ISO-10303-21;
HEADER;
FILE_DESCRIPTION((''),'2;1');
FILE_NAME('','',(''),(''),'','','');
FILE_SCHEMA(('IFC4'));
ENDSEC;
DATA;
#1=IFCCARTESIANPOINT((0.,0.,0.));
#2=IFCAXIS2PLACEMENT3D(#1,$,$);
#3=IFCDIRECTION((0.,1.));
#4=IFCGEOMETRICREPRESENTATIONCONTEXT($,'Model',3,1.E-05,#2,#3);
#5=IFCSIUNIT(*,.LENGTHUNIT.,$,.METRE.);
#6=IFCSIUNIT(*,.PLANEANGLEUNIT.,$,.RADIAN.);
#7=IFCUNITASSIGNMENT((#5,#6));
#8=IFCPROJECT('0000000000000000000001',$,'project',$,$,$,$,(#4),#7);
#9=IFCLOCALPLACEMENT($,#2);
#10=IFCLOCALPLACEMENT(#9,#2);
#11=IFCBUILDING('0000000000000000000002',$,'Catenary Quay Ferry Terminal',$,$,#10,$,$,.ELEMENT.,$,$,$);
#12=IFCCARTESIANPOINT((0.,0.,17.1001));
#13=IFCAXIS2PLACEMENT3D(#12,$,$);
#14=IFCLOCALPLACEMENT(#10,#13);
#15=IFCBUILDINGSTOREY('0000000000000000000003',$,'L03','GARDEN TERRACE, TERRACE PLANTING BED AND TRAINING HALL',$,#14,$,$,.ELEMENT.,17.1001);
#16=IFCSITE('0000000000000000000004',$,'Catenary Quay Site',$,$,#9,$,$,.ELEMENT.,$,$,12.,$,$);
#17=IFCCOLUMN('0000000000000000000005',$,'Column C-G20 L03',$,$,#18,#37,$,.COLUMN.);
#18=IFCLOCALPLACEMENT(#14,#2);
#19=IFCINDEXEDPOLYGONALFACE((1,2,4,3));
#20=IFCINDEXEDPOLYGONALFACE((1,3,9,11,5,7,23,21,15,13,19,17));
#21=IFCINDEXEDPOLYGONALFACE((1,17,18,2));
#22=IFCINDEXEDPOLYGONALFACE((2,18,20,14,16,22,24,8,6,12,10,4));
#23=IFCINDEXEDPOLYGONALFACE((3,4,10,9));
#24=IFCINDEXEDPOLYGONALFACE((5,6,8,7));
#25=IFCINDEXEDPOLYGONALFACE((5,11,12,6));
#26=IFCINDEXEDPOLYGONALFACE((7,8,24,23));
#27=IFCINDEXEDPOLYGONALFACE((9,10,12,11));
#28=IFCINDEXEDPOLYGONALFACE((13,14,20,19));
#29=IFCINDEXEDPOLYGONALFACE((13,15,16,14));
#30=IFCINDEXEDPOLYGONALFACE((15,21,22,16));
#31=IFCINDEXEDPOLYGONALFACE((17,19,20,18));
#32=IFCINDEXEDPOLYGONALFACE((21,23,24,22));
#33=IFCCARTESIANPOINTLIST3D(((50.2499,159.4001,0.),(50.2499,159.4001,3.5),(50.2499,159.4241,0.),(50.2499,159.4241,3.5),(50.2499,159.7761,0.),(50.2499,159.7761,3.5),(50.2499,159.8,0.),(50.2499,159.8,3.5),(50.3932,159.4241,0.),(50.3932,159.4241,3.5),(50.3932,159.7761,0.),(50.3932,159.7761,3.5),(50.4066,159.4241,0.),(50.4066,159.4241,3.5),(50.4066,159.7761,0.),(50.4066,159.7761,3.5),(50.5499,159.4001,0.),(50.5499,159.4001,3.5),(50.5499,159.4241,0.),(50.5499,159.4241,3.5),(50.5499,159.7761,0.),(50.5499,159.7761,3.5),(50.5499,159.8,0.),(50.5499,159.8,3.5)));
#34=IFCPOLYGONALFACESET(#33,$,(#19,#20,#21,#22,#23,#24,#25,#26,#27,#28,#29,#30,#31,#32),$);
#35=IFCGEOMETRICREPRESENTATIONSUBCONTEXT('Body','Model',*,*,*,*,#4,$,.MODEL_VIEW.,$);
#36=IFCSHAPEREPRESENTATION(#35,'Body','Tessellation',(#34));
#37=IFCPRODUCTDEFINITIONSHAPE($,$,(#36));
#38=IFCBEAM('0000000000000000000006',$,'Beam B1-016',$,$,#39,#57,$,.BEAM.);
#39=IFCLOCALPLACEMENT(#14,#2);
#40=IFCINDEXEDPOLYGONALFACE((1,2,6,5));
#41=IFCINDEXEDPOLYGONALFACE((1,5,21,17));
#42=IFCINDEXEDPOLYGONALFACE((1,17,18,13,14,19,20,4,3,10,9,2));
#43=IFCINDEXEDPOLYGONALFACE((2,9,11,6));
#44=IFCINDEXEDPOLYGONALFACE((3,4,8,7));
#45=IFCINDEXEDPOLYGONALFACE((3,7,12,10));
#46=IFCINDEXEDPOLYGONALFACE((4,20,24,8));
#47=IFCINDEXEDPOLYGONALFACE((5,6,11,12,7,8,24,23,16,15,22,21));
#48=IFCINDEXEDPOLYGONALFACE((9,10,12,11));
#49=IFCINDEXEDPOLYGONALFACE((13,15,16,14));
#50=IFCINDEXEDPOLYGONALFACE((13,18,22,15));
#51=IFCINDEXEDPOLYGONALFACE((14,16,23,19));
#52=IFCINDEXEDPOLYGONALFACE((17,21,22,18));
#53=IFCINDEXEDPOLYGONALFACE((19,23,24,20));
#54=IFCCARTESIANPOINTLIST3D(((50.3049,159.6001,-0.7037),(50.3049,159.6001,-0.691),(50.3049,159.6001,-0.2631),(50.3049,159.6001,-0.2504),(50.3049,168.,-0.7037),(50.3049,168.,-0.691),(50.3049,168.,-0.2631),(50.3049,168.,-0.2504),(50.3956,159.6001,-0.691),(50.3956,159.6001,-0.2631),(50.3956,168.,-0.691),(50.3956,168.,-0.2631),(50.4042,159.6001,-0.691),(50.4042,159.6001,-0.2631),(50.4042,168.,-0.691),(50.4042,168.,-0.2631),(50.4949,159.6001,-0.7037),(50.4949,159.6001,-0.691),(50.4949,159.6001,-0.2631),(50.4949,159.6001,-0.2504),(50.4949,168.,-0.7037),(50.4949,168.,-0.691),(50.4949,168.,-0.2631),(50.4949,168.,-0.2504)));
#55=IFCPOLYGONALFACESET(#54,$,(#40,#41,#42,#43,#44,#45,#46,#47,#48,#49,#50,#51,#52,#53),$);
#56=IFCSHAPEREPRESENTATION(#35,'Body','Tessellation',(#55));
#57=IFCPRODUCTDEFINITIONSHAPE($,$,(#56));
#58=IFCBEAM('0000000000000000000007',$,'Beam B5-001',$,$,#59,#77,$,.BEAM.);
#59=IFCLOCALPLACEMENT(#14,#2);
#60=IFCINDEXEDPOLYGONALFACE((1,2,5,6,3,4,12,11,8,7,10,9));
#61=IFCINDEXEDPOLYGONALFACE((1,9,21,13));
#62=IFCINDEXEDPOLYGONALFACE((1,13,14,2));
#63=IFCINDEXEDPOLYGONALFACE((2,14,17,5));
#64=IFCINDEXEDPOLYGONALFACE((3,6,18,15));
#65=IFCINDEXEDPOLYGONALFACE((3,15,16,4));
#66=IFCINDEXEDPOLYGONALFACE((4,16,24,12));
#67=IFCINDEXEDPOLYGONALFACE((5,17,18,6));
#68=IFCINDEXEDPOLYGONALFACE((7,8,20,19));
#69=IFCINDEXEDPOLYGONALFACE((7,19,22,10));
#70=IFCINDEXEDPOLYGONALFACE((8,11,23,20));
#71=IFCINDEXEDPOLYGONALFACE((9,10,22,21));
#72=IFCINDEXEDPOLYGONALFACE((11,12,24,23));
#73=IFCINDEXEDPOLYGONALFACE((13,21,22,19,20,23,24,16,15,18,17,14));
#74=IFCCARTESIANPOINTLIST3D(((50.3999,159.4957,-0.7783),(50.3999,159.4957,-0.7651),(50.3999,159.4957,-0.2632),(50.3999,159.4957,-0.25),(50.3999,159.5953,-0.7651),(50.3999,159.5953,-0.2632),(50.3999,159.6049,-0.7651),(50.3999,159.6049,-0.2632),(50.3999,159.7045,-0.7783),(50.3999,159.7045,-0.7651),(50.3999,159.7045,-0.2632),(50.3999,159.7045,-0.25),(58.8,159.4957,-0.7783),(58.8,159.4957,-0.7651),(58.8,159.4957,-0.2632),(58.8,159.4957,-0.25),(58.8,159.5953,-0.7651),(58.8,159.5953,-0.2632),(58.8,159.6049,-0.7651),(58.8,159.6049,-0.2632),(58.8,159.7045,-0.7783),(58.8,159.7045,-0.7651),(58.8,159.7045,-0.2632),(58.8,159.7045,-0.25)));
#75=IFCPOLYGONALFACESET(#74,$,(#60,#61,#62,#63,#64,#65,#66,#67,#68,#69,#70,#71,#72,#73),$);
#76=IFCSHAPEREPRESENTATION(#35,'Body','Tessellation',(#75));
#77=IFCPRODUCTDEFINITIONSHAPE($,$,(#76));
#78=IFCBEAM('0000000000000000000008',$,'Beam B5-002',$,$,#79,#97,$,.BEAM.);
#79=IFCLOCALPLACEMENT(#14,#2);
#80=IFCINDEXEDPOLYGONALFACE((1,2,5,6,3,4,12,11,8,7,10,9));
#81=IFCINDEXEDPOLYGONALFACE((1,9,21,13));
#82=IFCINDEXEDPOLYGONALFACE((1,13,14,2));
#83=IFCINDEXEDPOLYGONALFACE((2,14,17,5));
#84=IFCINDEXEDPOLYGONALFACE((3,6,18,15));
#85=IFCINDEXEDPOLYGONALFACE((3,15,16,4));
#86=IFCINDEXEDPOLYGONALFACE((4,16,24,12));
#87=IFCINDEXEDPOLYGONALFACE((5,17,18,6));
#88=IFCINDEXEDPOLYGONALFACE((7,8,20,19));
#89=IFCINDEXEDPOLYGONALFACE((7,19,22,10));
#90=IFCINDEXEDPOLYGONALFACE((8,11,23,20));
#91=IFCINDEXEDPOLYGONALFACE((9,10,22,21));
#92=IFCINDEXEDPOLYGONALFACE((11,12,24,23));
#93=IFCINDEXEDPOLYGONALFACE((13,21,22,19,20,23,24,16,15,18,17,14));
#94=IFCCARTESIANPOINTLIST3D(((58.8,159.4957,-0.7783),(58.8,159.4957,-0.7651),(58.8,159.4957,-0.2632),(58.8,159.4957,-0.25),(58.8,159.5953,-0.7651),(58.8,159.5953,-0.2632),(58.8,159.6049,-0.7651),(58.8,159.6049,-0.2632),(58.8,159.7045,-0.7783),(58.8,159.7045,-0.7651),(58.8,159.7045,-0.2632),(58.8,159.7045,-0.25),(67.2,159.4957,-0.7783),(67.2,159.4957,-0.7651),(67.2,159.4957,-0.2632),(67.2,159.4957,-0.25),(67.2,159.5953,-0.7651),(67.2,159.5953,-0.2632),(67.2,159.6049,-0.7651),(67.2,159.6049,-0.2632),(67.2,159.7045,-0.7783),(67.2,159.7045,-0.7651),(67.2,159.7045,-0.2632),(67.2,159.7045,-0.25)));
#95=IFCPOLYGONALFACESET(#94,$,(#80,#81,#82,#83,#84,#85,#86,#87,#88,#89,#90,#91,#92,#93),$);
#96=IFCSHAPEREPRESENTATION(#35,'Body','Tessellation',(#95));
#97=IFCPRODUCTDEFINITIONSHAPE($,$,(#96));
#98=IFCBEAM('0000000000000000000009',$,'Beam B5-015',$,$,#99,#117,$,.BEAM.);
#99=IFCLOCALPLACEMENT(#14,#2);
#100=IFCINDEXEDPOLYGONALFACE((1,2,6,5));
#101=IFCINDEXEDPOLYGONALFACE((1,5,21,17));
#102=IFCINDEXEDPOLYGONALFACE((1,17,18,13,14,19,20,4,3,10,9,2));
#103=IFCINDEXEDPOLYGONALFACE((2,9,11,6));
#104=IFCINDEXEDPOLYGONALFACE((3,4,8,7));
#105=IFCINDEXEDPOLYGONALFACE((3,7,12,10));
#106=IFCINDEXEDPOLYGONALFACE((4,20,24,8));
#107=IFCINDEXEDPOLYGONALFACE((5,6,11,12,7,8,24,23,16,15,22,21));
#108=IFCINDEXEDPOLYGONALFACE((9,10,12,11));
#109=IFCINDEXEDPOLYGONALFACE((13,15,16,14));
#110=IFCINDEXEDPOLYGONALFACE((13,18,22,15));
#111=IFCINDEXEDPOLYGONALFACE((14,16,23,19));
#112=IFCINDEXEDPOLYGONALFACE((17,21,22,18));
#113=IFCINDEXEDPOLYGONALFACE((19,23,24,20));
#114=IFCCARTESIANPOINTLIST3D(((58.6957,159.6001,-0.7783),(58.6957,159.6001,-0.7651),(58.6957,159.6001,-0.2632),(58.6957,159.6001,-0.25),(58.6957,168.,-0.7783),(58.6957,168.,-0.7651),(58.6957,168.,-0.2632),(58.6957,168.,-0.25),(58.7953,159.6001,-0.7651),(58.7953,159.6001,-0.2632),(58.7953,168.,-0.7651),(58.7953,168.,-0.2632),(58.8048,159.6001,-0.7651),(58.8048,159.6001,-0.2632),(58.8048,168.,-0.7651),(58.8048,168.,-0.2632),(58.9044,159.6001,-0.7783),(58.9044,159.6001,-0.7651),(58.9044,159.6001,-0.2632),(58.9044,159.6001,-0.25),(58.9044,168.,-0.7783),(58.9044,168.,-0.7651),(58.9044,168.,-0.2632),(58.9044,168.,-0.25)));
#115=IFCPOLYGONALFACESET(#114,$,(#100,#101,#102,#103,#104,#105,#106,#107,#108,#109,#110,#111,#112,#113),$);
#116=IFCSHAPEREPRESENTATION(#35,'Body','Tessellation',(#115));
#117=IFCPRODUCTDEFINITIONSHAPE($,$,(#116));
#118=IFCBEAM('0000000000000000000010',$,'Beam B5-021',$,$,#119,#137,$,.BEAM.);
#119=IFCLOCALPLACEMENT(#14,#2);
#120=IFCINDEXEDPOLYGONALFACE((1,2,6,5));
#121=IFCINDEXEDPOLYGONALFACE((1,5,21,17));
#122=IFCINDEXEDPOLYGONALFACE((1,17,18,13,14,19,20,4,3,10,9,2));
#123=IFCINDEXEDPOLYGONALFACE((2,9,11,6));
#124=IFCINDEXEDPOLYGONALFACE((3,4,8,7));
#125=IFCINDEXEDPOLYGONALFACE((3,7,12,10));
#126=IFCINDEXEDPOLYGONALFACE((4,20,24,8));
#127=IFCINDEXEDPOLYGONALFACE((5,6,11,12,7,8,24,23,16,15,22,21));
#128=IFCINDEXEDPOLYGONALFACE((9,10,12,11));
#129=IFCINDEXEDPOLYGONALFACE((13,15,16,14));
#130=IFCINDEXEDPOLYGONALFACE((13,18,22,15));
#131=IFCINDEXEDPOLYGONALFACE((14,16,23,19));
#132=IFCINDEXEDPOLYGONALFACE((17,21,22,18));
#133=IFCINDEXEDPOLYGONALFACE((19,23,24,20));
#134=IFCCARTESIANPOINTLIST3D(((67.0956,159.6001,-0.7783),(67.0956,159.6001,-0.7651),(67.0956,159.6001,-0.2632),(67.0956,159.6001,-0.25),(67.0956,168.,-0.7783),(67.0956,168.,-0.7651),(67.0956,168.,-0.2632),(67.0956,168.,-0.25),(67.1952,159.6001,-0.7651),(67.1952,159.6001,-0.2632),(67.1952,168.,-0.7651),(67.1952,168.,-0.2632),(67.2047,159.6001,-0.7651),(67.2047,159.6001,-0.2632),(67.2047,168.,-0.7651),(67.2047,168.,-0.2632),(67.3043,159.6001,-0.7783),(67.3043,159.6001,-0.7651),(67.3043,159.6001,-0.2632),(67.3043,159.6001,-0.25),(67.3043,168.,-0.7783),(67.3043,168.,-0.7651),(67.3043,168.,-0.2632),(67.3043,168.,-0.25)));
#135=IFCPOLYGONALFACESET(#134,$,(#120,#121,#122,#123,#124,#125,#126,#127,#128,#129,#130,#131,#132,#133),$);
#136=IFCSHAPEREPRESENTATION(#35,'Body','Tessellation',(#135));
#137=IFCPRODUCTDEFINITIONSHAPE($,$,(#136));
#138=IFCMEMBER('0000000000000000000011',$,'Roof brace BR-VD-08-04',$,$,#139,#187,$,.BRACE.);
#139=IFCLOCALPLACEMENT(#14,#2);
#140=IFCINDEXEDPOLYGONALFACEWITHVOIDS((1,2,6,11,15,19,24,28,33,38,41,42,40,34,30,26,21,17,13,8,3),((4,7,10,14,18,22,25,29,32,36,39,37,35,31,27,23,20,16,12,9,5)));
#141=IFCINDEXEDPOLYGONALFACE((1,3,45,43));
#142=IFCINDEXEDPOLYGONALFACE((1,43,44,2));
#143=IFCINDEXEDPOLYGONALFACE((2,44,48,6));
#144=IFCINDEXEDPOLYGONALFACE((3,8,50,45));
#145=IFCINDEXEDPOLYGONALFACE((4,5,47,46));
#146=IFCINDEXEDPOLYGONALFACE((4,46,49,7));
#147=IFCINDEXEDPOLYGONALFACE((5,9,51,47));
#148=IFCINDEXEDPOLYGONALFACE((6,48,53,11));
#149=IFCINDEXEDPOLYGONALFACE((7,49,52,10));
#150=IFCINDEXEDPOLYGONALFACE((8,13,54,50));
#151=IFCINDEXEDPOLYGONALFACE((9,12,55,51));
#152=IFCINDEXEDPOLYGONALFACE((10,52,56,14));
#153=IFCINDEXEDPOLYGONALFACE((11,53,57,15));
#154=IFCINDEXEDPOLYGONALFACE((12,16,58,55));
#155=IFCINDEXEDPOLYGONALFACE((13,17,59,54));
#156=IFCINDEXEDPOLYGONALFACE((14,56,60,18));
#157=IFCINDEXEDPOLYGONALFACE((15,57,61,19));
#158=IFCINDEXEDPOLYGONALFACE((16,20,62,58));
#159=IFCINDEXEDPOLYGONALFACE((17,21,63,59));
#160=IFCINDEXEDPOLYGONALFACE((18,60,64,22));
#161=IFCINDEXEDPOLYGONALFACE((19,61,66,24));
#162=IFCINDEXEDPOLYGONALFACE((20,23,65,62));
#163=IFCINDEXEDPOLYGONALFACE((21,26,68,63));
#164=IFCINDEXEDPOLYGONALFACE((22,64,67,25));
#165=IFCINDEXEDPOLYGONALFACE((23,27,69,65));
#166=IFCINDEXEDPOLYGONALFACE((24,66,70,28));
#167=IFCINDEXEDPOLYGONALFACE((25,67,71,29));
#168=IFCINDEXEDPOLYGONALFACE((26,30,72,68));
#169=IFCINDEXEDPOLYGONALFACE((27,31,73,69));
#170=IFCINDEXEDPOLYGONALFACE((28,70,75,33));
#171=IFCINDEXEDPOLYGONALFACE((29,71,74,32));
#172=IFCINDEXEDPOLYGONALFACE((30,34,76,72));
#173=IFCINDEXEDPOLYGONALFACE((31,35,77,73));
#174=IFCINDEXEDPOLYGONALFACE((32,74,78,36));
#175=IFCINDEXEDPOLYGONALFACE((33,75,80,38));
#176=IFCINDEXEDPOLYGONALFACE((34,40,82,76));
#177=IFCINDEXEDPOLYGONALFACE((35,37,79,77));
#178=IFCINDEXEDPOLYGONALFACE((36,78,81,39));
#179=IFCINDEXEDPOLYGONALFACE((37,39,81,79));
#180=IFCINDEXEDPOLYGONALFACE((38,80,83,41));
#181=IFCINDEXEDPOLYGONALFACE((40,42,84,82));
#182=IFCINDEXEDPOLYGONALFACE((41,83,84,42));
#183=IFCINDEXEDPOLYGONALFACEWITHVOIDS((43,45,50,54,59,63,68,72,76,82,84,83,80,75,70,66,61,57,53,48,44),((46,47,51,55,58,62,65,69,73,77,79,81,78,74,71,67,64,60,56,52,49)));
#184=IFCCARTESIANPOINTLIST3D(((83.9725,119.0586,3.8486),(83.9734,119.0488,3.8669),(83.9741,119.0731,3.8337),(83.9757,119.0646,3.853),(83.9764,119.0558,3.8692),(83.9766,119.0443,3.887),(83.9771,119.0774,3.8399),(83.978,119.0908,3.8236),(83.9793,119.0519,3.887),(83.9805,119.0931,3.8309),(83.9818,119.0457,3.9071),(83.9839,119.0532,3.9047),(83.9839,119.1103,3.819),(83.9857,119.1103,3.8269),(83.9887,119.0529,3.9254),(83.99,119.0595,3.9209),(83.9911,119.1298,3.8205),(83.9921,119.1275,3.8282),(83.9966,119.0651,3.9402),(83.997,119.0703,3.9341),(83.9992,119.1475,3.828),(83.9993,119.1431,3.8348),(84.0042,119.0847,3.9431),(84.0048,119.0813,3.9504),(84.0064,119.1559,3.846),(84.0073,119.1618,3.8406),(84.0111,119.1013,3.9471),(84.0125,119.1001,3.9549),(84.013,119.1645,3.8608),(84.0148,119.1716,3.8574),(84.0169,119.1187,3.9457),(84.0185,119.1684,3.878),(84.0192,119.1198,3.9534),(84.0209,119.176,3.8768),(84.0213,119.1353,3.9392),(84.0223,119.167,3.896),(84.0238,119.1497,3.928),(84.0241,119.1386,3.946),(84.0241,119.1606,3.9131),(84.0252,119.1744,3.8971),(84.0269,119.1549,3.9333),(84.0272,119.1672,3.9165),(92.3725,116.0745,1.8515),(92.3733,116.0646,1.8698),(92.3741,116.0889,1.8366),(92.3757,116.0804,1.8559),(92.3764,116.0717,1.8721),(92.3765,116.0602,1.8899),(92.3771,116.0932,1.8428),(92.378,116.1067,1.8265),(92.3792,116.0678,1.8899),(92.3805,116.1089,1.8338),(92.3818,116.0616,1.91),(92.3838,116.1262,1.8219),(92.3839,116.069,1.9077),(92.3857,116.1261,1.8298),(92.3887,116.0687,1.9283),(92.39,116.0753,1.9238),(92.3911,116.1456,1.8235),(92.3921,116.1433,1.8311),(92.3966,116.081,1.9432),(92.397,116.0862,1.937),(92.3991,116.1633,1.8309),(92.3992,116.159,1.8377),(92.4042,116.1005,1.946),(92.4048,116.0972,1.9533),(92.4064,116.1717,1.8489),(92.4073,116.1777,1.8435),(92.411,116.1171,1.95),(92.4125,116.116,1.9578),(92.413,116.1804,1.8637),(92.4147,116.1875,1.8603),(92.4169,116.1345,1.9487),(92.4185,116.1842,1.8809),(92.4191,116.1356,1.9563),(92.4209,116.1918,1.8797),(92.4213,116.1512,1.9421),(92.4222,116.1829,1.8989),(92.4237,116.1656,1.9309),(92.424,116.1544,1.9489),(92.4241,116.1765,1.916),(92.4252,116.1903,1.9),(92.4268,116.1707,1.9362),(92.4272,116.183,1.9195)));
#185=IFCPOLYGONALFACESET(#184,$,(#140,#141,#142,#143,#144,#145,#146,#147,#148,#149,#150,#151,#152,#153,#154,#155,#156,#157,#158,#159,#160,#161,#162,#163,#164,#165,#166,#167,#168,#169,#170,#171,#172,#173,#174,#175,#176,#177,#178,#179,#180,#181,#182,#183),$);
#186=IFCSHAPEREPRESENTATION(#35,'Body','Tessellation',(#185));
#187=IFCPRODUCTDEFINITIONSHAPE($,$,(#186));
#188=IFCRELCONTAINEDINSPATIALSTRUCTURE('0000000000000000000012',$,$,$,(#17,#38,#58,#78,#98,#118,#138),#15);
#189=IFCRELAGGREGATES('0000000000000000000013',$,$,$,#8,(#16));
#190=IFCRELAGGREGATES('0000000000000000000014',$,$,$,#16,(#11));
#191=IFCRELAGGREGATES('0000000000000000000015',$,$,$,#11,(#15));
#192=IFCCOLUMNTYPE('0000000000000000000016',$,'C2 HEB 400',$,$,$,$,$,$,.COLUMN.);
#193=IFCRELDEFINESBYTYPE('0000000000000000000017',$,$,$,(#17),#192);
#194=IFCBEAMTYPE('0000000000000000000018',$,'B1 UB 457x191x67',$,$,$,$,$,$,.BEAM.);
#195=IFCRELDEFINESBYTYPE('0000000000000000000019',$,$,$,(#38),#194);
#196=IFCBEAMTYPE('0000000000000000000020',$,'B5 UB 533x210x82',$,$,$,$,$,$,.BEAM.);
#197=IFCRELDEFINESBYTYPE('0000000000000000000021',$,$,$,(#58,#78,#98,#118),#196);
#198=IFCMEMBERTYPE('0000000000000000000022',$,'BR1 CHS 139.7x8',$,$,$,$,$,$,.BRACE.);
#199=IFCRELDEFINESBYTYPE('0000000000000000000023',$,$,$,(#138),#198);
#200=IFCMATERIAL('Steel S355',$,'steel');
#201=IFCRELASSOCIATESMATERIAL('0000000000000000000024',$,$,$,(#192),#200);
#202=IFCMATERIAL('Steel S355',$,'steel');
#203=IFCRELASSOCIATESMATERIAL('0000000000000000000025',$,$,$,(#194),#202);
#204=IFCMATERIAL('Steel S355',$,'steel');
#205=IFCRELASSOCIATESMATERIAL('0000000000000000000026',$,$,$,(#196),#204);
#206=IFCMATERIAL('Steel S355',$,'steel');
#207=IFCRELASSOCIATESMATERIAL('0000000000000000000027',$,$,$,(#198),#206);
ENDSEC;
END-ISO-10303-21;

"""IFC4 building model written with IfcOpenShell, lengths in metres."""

from ifc_helpers import new_model, si_unit, direction, frame, origin, origin_2d, place, context, subcontext, project, spatial, hollow_circle, i_section, extrude, material, material_profile, profile_set, type_object, element, save


model = new_model("IFC4")

# Units and contexts
model_context = context("Model", 3, precision=1e-05, world=origin(), true_north=direction((0.0, 1.0)))
body_context = subcontext(model_context, "Body", "Model", "MODEL_VIEW")
ifc_project = project(units=[si_unit("LENGTHUNIT", "METRE"), si_unit("PLANEANGLEUNIT", "RADIAN")], contexts=[model_context])

# Site, building, storey
site_placement = place(None, origin())
site = spatial("IfcSite", under=ifc_project, at=site_placement, Name="Catenary Quay Site", CompositionType="ELEMENT", RefElevation=12.0)
building_placement = place(site_placement, origin())
building = spatial("IfcBuilding", under=site, at=building_placement, Name="Catenary Quay Ferry Terminal", CompositionType="ELEMENT")
storey_placement = place(building_placement, frame((0.0, 0.0, 17.1001)))
storey = spatial("IfcBuildingStorey", under=building, at=storey_placement, Name="L03", Description="GARDEN TERRACE, TERRACE PLANTING BED AND TRAINING HALL", CompositionType="ELEMENT", Elevation=17.1001)

# Column
ifc_material_1 = material(Name="Steel S355", Category="steel")
ifc_material_profile_1 = material_profile(ifc_material_1, i_section(OverallWidth=0.3, OverallDepth=0.3999, WebThickness=0.0134, FlangeThickness=0.0239, at=origin_2d()), Name="HEB 400")
ifc_profile_set_1 = profile_set([ifc_material_profile_1], Name="Steel S355")
column_type = type_object("IfcColumnType", Name="C2 HEB 400", PredefinedType="COLUMN", material=ifc_profile_set_1)
column_placement = place(storey_placement, frame((50.3999, 159.6001, 0.0), z_axis=(0.0, 0.0, 1.0), x_axis=(1.0, 0.0, 0.0)))
element("IfcColumn", 1, at=column_placement, inside=storey, type_object=column_type, Name="Column C-G20 L03", PredefinedType="COLUMN", context=body_context, shape_type="SweptSolid", body=[
    extrude(i_section(OverallWidth=0.3, OverallDepth=0.3999, WebThickness=0.0134, FlangeThickness=0.0239, at=origin_2d()), origin(), (0.0, 0.0, 1.0), 3.5),
])

# Beams
ifc_material_2 = material(Name="Steel S355", Category="steel")
ifc_material_profile_2 = material_profile(ifc_material_2, i_section(OverallWidth=0.1899, OverallDepth=0.4534, WebThickness=0.0085, FlangeThickness=0.0127, at=origin_2d()), Name="UB 457x191x67")
ifc_profile_set_2 = profile_set([ifc_material_profile_2], Name="Steel S355")
beam_type_1 = type_object("IfcBeamType", Name="B1 UB 457x191x67", PredefinedType="BEAM", material=ifc_profile_set_2)
beam_1_placement = place(storey_placement, frame((50.3999, 159.6001, -0.4771), z_axis=(0.0, 1.0, 0.0), x_axis=(-1.0, 0.0, 0.0)))
element("IfcBeam", 2, at=beam_1_placement, inside=storey, type_object=beam_type_1, Name="Beam B1-016", PredefinedType="BEAM", context=body_context, shape_type="SweptSolid", body=[
    extrude(i_section(OverallWidth=0.1899, OverallDepth=0.4534, WebThickness=0.0085, FlangeThickness=0.0127, at=origin_2d()), origin(), (0.0, 0.0, 1.0), 8.3999),
])
ifc_material_3 = material(Name="Steel S355", Category="steel")
ifc_material_profile_3 = material_profile(ifc_material_3, i_section(OverallWidth=0.2087, OverallDepth=0.5283, WebThickness=0.0095, FlangeThickness=0.0132, at=origin_2d()), Name="UB 533x210x82")
ifc_profile_set_3 = profile_set([ifc_material_profile_3], Name="Steel S355")
beam_type_2 = type_object("IfcBeamType", Name="B5 UB 533x210x82", PredefinedType="BEAM", material=ifc_profile_set_3)
beam_2_placement = place(storey_placement, frame((50.3999, 159.6001, -0.5142), z_axis=(1.0, 0.0, 0.0), x_axis=(0.0, 1.0, 0.0)))
element("IfcBeam", 3, at=beam_2_placement, inside=storey, type_object=beam_type_2, Name="Beam B5-001", PredefinedType="BEAM", context=body_context, shape_type="SweptSolid", body=[
    extrude(i_section(OverallWidth=0.2087, OverallDepth=0.5283, WebThickness=0.0095, FlangeThickness=0.0132, at=origin_2d()), origin(), (0.0, 0.0, 1.0), 8.4001),
])
for number, where, z_axis, x_axis, name in (
    (4, (58.8, 159.6001, -0.5142), (1.0, 0.0, 0.0), (0.0, 1.0, 0.0), "Beam B5-002"),
    (5, (58.8, 159.6001, -0.5142), (0.0, 1.0, 0.0), (-1.0, 0.0, 0.0), "Beam B5-015"),
    (6, (67.2, 159.6001, -0.5142), (0.0, 1.0, 0.0), (-1.0, 0.0, 0.0), "Beam B5-021"),
):
    element("IfcBeam", number, at=place(storey_placement, frame(where, z_axis=z_axis, x_axis=x_axis)), inside=storey, type_object=beam_type_2, Name=name, PredefinedType="BEAM", context=body_context, shape_type="SweptSolid", body=[
        extrude(i_section(OverallWidth=0.2087, OverallDepth=0.5283, WebThickness=0.0095, FlangeThickness=0.0132, at=origin_2d()), origin(), (0.0, 0.0, 1.0), 8.3999),
    ])

# Member
ifc_material_4 = material(Name="Steel S355", Category="steel")
ifc_material_profile_4 = material_profile(ifc_material_4, hollow_circle(Radius=0.0698, WallThickness=0.0081, at=origin_2d()), Name="CHS 139.7x8")
ifc_profile_set_4 = profile_set([ifc_material_profile_4], Name="Steel S355")
member_type_1 = type_object("IfcMemberType", Name="BR1 CHS 139.7x8", PredefinedType="BRACE", material=ifc_profile_set_4)
for number, where, z_axis, x_axis, name in (
    (7, (92.3999, 116.126, 1.8899), (-0.91951, 0.326663, 0.218613), (-0.334761, -0.942303, 0.0), "Roof brace BR-VD-08-04"),
):
    element("IfcMember", number, at=place(storey_placement, frame(where, z_axis=z_axis, x_axis=x_axis)), inside=storey, type_object=member_type_1, Name=name, PredefinedType="BRACE", context=body_context, shape_type="SweptSolid", body=[
        extrude(hollow_circle(Radius=0.0698, WallThickness=0.0081, at=origin_2d()), origin(), (0.0, 0.0, 1.0), 9.1353),
    ])

save(model, "model.ifc")
